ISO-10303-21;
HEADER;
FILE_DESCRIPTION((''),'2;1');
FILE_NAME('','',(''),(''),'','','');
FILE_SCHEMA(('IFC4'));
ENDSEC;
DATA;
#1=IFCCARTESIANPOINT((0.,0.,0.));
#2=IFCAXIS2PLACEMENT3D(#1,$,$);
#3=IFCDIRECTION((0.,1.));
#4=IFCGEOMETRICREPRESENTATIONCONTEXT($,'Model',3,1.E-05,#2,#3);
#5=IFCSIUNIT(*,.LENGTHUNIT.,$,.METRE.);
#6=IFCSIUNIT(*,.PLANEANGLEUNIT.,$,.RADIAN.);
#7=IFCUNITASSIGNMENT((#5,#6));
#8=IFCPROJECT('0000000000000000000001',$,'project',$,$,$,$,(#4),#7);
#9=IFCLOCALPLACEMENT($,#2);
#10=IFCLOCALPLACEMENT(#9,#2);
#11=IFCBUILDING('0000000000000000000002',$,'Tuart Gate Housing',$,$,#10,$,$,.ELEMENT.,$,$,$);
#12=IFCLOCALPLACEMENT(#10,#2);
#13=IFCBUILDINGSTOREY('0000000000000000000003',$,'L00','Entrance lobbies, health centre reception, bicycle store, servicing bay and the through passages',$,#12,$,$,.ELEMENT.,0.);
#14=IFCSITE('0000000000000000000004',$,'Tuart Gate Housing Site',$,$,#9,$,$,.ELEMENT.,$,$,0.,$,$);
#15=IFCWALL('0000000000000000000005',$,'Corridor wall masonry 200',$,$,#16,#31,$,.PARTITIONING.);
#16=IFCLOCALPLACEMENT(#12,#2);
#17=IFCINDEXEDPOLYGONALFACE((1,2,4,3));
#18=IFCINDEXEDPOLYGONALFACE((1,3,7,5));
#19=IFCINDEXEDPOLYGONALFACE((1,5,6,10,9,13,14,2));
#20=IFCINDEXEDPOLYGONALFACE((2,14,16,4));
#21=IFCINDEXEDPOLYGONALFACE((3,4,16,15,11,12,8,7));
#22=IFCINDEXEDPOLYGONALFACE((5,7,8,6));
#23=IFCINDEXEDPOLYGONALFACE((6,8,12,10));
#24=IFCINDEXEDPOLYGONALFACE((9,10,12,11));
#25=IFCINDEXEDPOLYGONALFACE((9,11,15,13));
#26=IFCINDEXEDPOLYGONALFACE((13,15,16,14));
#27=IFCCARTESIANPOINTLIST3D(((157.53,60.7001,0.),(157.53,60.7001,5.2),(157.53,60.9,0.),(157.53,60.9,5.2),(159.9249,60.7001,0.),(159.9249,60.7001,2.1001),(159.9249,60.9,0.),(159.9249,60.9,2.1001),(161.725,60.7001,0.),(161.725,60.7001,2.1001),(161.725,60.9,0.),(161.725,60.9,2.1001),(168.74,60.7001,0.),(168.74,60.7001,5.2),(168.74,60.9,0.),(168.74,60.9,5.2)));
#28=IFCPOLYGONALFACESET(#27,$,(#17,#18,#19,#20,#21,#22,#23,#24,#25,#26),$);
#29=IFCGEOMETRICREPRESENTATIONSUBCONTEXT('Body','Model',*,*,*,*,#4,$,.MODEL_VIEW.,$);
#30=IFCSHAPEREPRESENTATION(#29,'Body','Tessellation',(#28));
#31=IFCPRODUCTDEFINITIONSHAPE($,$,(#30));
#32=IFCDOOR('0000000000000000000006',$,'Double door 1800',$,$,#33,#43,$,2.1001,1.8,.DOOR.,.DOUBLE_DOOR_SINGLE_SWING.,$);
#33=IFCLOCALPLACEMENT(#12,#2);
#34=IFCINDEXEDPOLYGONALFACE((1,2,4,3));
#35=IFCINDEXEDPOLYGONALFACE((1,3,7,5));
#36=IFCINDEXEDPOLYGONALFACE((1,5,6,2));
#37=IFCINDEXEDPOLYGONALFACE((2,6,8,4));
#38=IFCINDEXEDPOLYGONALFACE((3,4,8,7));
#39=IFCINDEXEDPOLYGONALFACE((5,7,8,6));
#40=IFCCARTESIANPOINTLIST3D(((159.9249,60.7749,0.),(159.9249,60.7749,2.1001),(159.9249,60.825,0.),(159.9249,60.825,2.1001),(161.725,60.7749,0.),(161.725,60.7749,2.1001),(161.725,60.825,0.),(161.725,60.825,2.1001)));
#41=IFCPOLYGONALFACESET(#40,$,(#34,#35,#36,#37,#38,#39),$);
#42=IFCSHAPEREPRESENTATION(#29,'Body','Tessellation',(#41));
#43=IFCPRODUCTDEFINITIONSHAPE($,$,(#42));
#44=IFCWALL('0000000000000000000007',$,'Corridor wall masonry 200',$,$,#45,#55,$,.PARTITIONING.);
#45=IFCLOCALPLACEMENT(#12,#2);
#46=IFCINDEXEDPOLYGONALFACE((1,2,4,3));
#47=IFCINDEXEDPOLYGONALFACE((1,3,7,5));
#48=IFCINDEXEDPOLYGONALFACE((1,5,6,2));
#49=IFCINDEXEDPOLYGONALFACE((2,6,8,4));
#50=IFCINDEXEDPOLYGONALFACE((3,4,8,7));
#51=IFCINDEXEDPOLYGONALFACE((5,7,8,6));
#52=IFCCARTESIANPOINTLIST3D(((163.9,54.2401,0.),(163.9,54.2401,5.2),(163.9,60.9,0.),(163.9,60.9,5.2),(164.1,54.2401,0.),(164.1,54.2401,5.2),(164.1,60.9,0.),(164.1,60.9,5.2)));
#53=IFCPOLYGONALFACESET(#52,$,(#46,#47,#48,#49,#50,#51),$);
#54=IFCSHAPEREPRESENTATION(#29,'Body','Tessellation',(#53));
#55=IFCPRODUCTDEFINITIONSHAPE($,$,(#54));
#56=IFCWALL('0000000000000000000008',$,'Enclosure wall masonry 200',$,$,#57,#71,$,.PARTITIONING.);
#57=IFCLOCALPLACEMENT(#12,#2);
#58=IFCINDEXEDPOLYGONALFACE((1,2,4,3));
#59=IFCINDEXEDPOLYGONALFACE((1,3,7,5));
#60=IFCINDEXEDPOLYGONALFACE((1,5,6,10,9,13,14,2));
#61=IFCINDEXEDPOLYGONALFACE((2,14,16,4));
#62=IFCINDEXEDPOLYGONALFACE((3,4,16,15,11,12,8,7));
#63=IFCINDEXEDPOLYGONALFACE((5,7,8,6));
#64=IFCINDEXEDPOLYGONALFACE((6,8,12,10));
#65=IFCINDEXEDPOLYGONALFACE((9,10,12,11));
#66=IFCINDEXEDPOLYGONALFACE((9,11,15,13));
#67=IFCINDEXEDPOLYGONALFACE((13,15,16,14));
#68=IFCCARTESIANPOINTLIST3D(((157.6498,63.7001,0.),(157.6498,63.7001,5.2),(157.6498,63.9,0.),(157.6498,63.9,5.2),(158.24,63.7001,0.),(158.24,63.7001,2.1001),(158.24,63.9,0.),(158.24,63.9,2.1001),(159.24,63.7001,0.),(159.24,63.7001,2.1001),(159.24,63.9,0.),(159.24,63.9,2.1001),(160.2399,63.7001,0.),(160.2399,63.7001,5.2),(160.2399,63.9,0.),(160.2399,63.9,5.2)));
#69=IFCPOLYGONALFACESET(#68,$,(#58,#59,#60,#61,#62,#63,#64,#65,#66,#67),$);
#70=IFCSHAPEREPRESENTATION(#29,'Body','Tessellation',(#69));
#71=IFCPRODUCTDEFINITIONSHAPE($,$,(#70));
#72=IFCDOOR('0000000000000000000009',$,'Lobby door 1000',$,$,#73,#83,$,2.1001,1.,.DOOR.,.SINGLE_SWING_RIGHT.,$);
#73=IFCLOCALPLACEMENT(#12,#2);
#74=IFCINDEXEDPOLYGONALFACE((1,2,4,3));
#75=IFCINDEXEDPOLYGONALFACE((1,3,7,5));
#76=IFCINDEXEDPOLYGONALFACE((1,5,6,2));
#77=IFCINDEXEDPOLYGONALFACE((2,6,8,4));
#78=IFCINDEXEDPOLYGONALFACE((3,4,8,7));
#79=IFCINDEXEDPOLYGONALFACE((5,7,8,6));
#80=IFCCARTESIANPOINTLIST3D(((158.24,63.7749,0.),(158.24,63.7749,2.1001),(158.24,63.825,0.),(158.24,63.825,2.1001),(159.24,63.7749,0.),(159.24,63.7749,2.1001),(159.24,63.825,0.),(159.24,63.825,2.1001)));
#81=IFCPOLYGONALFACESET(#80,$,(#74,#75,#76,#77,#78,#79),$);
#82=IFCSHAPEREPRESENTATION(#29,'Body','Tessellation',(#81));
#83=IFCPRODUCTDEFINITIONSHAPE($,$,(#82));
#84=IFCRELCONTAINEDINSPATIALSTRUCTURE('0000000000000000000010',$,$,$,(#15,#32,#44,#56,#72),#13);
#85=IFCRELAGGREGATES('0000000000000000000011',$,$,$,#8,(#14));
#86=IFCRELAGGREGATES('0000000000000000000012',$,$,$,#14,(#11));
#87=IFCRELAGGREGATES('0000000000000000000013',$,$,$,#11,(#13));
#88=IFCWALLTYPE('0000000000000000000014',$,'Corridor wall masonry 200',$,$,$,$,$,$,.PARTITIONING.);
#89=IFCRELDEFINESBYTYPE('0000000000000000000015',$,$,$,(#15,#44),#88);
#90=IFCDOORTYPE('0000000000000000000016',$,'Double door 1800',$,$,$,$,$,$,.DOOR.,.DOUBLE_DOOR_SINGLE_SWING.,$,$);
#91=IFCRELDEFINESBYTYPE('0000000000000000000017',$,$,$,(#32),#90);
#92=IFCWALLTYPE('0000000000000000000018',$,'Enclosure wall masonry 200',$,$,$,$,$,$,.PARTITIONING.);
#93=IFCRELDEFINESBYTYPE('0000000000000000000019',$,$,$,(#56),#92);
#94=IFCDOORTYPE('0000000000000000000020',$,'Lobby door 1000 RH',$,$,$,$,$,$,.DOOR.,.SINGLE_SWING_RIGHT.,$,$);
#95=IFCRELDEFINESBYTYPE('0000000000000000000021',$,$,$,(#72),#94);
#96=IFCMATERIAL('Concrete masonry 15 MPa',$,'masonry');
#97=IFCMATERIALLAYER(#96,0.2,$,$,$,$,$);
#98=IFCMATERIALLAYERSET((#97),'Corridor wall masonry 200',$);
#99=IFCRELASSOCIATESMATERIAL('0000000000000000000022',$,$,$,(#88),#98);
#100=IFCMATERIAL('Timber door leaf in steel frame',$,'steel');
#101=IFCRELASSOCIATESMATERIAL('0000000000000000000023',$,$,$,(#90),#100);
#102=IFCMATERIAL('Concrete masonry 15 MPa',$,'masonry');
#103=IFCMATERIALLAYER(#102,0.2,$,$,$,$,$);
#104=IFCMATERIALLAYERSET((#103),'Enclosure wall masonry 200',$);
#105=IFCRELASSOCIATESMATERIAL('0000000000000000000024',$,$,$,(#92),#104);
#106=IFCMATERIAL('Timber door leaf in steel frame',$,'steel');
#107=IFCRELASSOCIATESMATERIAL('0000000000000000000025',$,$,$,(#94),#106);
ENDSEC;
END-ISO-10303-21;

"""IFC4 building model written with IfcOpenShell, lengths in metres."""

from ifc_helpers import new_model, si_unit, direction, frame, frame_2d, origin, place, context, subcontext, project, spatial, rectangle, extrude, material, layer, layer_set, type_object, element, fill, save


model = new_model("IFC4")

# Units and contexts
model_context = context("Model", 3, precision=1e-05, world=origin(), true_north=direction((0.0, 1.0)))
body_context = subcontext(model_context, "Body", "Model", "MODEL_VIEW")
ifc_project = project(units=[si_unit("LENGTHUNIT", "METRE"), si_unit("PLANEANGLEUNIT", "RADIAN")], contexts=[model_context])

# Site, building, storey
site_placement = place(None, origin())
site = spatial("IfcSite", under=ifc_project, at=site_placement, Name="Tuart Gate Housing Site", CompositionType="ELEMENT", RefElevation=0.0)
building_placement = place(site_placement, origin())
building = spatial("IfcBuilding", under=site, at=building_placement, Name="Tuart Gate Housing", CompositionType="ELEMENT")
storey_placement = place(building_placement, origin())
storey = spatial("IfcBuildingStorey", under=building, at=storey_placement, Name="L00", Description="Entrance lobbies, health centre reception, bicycle store, servicing bay and the through passages", CompositionType="ELEMENT", Elevation=0.0)

# Wall, opening, door
ifc_material_1 = material(Name="Concrete masonry 15 MPa", Category="masonry")
ifc_layer_1 = layer(ifc_material_1, 0.2)
ifc_layer_set_1 = layer_set([ifc_layer_1], Name="Corridor wall masonry 200")
wall_type_1 = type_object("IfcWallType", Name="Corridor wall masonry 200", PredefinedType="PARTITIONING", material=ifc_layer_set_1)
wall_1_placement = place(storey_placement, frame((157.53, 60.8, 0.0), z_axis=(0.0, 0.0, 1.0), x_axis=(1.0, 0.0, 0.0)))
wall_1 = element("IfcWall", 1, at=wall_1_placement, inside=storey, type_object=wall_type_1, Name="Corridor wall masonry 200", PredefinedType="PARTITIONING", context=body_context, shape_type="SweptSolid", body=[
    extrude(rectangle(XDim=11.21, YDim=0.2, at=frame_2d((5.605, 0.0))), origin(), (0.0, 0.0, 1.0), 5.2),
])
opening_1_placement = place(wall_1_placement, frame((2.395, 0.0, 0.0)))
opening_1 = element("IfcOpeningElement", 2, at=opening_1_placement, cuts=wall_1, PredefinedType="OPENING", context=body_context, shape_type="SweptSolid", body=[
    extrude(rectangle(XDim=1.8, YDim=2.1001, at=frame_2d((0.8999, 1.05))), frame((0.0, 0.1099, 0.0), z_axis=(0.0, -1.0, 0.0), x_axis=(1.0, 0.0, 0.0)), (0.0, 0.0, 1.0), 0.22),
])
ifc_material_2 = material(Name="Timber door leaf in steel frame", Category="steel")
door_type_1 = type_object("IfcDoorType", Name="Double door 1800", OperationType="DOUBLE_DOOR_SINGLE_SWING", PredefinedType="DOOR", material=ifc_material_2)
door_1_placement = place(opening_1_placement, origin())
door_1 = element("IfcDoor", 3, at=door_1_placement, inside=storey, type_object=door_type_1, Name="Double door 1800", OperationType="DOUBLE_DOOR_SINGLE_SWING", OverallHeight=2.1001, OverallWidth=1.8, PredefinedType="DOOR", context=body_context, shape_type="SweptSolid", body=[
    extrude(rectangle(XDim=1.8, YDim=2.1001, at=frame_2d((0.8999, 1.05))), frame((0.0, 0.0249, 0.0), z_axis=(0.0, -1.0, 0.0), x_axis=(1.0, 0.0, 0.0)), (0.0, 0.0, 1.0), 0.05),
])
fill(opening_1, door_1)

# Wall
wall_2_placement = place(storey_placement, frame((164.0, 54.24, 0.0), z_axis=(0.0, 0.0, 1.0), x_axis=(0.0, 1.0, 0.0)))
element("IfcWall", 4, at=wall_2_placement, inside=storey, type_object=wall_type_1, Name="Corridor wall masonry 200", PredefinedType="PARTITIONING", context=body_context, shape_type="SweptSolid", body=[
    extrude(rectangle(XDim=6.6599, YDim=0.2, at=frame_2d((3.3301, 0.0))), origin(), (0.0, 0.0, 1.0), 5.2),
])

# Wall, opening, door
ifc_material_3 = material(Name="Concrete masonry 15 MPa", Category="masonry")
ifc_layer_2 = layer(ifc_material_3, 0.2)
ifc_layer_set_2 = layer_set([ifc_layer_2], Name="Enclosure wall masonry 200")
wall_type_2 = type_object("IfcWallType", Name="Enclosure wall masonry 200", PredefinedType="PARTITIONING", material=ifc_layer_set_2)
wall_3_placement = place(storey_placement, frame((157.6499, 63.8, 0.0), z_axis=(0.0, 0.0, 1.0), x_axis=(1.0, 0.0, 0.0)))
wall_3 = element("IfcWall", 5, at=wall_3_placement, inside=storey, type_object=wall_type_2, Name="Enclosure wall masonry 200", PredefinedType="PARTITIONING", context=body_context, shape_type="SweptSolid", body=[
    extrude(rectangle(XDim=2.5901, YDim=0.2, at=frame_2d((1.2949, 0.0))), origin(), (0.0, 0.0, 1.0), 5.2),
])
opening_2_placement = place(wall_3_placement, frame((0.5901, 0.0, 0.0)))
opening_2 = element("IfcOpeningElement", 6, at=opening_2_placement, cuts=wall_3, PredefinedType="OPENING", context=body_context, shape_type="SweptSolid", body=[
    extrude(rectangle(XDim=1.0, YDim=2.1001, at=frame_2d((0.5, 1.05))), frame((0.0, 0.1099, 0.0), z_axis=(0.0, -1.0, 0.0), x_axis=(1.0, 0.0, 0.0)), (0.0, 0.0, 1.0), 0.22),
])
ifc_material_4 = material(Name="Timber door leaf in steel frame", Category="steel")
door_type_2 = type_object("IfcDoorType", Name="Lobby door 1000 RH", OperationType="SINGLE_SWING_RIGHT", PredefinedType="DOOR", material=ifc_material_4)
door_2_placement = place(opening_2_placement, frame((1.0, 0.0, 0.0), z_axis=(0.0, 0.0, 1.0), x_axis=(-1.0, 0.0, 0.0)))
door_2 = element("IfcDoor", 7, at=door_2_placement, inside=storey, type_object=door_type_2, Name="Lobby door 1000", OperationType="SINGLE_SWING_RIGHT", OverallHeight=2.1001, OverallWidth=1.0, PredefinedType="DOOR", context=body_context, shape_type="SweptSolid", body=[
    extrude(rectangle(XDim=1.0, YDim=2.1001, at=frame_2d((0.5, 1.05))), frame((0.0, 0.0251, 0.0), z_axis=(0.0, -1.0, 0.0), x_axis=(1.0, 0.0, 0.0)), (0.0, 0.0, 1.0), 0.05),
])
fill(opening_2, door_2)

save(model, "model.ifc")
